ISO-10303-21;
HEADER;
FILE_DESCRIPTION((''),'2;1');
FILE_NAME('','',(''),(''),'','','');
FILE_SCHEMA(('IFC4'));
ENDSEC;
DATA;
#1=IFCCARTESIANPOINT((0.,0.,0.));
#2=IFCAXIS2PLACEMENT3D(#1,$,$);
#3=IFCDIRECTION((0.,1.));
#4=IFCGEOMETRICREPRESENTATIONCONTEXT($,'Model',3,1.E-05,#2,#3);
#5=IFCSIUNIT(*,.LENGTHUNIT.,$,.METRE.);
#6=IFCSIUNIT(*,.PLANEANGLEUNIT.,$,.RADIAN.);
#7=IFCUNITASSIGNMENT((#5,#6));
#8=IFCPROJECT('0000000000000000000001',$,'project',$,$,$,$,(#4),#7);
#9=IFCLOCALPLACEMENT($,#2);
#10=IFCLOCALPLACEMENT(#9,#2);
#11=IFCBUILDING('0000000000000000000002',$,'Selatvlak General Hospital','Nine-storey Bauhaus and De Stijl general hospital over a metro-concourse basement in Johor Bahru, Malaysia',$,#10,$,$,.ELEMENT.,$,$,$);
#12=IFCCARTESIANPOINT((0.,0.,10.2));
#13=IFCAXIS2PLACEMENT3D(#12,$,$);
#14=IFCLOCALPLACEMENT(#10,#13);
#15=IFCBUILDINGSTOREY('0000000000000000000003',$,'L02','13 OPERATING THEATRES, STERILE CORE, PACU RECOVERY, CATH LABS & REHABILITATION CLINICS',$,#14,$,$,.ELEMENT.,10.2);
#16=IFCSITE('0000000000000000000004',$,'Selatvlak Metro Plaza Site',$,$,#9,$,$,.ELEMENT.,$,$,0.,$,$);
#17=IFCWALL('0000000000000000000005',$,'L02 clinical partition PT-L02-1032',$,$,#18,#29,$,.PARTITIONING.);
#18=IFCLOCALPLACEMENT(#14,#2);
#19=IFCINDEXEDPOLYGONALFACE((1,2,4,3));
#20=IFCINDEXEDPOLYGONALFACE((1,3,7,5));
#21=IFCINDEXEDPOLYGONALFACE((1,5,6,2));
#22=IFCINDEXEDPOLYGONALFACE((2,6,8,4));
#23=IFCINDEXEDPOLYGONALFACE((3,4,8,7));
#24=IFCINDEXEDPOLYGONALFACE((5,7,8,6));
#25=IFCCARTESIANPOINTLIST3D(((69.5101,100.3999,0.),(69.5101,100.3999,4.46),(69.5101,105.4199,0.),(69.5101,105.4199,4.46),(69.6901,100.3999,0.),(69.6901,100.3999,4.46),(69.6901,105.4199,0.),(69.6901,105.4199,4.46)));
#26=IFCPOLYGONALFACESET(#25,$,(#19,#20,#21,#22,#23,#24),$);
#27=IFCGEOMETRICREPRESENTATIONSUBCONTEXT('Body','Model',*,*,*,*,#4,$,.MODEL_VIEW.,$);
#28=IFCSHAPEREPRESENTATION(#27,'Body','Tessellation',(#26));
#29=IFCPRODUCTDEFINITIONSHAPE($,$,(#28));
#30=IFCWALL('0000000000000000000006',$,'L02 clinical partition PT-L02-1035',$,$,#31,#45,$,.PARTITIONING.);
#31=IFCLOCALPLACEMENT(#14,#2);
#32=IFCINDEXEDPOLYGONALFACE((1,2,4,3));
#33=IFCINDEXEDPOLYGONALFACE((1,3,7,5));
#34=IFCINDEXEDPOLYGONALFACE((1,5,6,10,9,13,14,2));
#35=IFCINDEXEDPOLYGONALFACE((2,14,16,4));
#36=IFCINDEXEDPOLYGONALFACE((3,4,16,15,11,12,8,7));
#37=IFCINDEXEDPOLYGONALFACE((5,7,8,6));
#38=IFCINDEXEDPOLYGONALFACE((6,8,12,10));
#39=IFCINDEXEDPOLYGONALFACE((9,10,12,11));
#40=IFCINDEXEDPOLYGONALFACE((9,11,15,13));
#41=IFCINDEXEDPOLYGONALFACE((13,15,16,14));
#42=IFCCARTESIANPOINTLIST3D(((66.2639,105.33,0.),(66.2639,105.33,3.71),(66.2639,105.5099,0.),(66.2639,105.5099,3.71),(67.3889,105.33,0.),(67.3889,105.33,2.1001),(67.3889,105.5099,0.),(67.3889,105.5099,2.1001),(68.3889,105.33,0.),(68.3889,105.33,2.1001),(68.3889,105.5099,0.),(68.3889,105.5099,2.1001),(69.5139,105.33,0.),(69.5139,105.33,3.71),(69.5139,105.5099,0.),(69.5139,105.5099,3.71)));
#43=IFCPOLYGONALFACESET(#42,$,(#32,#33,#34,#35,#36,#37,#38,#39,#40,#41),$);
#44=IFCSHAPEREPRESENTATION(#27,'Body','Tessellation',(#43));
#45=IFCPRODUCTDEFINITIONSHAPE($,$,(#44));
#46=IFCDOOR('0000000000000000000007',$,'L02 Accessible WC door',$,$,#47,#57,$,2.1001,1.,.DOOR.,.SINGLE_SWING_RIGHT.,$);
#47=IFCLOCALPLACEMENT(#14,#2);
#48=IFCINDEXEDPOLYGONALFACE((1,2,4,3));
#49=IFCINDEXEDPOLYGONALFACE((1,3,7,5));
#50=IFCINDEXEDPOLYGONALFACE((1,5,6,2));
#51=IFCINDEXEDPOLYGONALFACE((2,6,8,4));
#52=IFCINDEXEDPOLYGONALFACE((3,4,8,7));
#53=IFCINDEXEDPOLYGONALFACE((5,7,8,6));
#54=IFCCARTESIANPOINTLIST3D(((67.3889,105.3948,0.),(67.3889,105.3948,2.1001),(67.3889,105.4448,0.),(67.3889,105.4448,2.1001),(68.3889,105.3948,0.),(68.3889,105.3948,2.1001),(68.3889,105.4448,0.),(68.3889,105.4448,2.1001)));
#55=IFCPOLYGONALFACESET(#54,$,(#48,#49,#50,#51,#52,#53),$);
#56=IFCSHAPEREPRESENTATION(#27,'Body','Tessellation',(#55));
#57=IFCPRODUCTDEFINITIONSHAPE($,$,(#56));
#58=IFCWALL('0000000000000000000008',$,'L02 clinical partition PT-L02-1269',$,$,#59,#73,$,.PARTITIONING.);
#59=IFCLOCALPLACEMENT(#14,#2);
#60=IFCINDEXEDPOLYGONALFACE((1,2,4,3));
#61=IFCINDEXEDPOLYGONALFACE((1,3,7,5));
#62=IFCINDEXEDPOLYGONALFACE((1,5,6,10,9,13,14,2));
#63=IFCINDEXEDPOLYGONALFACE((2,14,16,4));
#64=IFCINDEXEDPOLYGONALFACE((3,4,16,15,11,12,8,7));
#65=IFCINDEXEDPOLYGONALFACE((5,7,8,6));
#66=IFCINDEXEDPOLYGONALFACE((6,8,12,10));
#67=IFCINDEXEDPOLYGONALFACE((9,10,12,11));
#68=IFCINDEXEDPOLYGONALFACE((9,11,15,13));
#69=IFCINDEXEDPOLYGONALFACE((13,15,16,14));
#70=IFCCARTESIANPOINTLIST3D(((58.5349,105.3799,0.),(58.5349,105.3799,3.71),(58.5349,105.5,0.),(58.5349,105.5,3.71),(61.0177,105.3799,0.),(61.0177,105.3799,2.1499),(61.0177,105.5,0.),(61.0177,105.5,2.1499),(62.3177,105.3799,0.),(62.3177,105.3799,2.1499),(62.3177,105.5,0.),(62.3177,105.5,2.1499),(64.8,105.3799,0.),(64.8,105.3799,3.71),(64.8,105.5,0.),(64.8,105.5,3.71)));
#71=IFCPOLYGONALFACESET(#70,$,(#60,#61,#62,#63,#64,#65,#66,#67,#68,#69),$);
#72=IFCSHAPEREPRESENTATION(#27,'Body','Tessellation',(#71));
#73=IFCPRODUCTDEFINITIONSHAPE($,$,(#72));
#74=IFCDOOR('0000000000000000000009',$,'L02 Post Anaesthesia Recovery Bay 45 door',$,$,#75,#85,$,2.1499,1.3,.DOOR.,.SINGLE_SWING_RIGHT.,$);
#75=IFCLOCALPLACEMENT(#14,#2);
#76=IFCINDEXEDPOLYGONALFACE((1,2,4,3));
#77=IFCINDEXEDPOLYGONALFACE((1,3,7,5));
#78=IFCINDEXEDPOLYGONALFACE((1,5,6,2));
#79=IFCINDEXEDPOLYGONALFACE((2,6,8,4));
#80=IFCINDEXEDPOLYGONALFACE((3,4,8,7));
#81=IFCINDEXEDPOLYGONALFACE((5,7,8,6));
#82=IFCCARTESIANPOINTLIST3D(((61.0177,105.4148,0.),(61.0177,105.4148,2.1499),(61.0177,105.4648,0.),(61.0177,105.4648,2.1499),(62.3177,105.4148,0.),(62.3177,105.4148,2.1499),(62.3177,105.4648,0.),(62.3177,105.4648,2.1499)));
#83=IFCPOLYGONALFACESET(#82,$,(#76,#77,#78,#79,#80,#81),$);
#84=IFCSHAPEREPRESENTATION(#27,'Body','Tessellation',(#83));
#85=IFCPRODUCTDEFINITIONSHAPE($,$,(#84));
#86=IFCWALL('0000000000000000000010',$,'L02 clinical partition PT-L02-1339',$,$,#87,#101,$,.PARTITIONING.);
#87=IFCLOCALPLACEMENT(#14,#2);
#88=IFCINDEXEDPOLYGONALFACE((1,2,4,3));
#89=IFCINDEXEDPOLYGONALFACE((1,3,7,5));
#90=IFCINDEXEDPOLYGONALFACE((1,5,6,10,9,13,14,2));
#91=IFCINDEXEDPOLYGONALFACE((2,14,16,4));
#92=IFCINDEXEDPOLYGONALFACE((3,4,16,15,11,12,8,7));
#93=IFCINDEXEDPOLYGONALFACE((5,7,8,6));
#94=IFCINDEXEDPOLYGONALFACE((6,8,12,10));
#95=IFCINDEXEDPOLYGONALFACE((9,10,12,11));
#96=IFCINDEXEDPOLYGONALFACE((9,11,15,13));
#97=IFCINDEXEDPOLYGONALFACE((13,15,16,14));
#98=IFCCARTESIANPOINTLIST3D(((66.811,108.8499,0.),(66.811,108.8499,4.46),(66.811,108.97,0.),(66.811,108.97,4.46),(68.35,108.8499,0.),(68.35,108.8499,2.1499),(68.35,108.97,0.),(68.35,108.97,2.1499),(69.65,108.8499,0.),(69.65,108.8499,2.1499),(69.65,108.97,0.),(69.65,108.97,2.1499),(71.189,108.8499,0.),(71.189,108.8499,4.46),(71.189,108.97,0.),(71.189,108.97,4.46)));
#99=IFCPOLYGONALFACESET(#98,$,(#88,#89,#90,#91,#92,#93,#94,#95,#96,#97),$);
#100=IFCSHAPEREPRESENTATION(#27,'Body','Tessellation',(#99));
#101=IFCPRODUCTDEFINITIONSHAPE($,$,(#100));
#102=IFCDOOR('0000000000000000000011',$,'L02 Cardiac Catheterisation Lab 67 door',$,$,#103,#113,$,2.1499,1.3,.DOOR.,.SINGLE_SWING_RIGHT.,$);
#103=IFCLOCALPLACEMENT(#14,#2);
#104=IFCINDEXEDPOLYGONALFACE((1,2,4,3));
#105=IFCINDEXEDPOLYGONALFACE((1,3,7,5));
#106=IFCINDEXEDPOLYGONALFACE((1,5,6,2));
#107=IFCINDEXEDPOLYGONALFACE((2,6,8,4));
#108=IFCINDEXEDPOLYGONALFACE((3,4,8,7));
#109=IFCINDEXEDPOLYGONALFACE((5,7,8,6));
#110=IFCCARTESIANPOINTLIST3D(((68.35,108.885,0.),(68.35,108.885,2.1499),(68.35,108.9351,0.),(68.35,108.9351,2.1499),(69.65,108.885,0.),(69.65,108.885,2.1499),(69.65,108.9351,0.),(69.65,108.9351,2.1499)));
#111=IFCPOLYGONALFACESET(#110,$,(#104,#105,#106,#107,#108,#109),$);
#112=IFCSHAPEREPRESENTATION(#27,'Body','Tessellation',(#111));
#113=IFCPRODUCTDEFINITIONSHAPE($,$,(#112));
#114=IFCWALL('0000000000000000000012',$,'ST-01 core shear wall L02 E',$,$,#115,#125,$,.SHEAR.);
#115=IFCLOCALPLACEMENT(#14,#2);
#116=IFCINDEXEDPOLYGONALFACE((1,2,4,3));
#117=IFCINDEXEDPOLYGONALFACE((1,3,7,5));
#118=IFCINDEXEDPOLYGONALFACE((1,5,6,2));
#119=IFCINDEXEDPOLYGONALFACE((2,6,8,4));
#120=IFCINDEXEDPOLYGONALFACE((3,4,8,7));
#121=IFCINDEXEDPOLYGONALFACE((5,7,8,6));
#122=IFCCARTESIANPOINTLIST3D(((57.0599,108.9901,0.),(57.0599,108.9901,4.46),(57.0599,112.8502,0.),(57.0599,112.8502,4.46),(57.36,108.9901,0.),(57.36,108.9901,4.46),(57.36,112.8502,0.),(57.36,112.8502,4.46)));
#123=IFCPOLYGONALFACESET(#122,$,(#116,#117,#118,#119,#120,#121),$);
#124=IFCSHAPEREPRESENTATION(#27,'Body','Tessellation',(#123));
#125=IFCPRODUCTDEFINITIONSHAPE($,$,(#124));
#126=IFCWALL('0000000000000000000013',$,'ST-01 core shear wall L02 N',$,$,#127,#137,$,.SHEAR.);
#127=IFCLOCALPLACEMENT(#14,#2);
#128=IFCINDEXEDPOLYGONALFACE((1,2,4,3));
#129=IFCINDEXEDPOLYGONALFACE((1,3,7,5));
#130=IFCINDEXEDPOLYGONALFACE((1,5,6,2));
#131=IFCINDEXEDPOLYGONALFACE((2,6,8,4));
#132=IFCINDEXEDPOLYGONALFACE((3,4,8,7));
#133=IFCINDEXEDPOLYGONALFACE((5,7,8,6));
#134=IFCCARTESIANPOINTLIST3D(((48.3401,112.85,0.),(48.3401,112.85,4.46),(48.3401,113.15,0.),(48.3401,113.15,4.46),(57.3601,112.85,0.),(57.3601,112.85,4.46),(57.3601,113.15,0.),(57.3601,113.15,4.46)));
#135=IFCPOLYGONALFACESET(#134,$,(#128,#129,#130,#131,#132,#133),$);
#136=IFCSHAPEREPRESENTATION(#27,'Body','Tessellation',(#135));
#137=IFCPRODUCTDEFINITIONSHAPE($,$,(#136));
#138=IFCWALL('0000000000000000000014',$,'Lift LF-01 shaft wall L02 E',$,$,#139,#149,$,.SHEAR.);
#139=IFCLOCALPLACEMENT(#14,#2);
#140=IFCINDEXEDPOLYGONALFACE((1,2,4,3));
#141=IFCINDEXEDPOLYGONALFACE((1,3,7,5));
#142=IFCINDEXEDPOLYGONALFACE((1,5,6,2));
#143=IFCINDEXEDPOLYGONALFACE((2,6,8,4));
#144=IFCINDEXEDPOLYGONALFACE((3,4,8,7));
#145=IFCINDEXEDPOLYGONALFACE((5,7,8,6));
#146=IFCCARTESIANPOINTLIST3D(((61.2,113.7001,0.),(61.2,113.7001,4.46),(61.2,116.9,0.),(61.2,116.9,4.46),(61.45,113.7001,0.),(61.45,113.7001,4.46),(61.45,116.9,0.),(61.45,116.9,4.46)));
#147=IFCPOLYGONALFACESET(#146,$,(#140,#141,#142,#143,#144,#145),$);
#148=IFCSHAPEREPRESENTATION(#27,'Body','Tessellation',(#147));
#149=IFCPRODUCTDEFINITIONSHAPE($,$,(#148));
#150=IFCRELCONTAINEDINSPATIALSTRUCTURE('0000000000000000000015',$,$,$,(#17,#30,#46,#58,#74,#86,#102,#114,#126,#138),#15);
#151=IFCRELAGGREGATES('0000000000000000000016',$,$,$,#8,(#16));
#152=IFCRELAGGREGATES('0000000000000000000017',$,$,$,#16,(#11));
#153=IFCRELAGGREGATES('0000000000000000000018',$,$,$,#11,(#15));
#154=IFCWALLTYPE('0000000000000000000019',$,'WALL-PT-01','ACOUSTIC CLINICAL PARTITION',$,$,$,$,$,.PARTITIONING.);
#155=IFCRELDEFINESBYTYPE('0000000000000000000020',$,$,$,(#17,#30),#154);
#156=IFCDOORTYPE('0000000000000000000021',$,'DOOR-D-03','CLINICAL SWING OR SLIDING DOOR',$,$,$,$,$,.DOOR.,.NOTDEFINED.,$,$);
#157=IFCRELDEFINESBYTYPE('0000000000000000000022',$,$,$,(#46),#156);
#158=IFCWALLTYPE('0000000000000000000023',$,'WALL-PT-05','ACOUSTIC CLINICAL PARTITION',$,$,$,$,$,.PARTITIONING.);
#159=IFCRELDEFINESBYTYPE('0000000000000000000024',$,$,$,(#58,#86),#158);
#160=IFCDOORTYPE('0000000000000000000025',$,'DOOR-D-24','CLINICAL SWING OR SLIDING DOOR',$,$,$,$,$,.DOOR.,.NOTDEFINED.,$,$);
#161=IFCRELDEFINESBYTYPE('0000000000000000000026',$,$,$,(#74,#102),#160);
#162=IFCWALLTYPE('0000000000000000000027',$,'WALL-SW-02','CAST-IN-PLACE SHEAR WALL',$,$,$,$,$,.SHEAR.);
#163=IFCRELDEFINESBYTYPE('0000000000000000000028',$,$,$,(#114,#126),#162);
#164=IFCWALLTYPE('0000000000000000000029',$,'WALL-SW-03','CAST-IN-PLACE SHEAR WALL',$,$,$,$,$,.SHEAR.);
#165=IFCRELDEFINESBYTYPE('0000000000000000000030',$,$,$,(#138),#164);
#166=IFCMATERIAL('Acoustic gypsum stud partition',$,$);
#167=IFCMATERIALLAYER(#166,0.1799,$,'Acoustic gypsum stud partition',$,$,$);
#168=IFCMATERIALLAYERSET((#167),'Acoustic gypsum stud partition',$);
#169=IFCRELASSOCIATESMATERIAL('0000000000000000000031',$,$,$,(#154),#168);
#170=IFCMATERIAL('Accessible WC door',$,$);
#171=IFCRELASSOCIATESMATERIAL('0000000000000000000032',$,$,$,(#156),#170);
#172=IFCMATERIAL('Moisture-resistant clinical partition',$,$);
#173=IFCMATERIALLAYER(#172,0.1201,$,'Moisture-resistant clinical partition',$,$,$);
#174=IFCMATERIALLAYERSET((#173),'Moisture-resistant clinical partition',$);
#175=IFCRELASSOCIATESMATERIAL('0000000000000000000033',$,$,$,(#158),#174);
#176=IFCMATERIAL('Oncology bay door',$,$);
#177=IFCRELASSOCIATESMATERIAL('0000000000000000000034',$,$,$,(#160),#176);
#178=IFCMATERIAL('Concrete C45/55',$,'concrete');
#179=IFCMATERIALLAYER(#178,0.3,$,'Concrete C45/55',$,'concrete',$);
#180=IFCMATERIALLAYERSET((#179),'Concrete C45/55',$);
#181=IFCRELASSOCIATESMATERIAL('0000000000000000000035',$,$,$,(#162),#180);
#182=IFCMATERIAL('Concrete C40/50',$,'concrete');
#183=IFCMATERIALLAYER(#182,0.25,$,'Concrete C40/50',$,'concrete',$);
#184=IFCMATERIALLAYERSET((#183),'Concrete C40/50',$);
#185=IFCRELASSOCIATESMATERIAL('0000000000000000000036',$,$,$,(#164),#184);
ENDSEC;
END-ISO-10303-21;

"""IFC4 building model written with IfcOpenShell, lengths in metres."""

from ifc_helpers import new_model, si_unit, direction, frame, frame_2d, origin, place, context, subcontext, project, spatial, rectangle, extrude, material, layer, layer_set, type_object, element, fill, save


model = new_model("IFC4")

# Units and contexts
model_context = context("Model", 3, precision=1e-05, world=origin(), true_north=direction((0.0, 1.0)))
body_context = subcontext(model_context, "Body", "Model", "MODEL_VIEW")
ifc_project = project(units=[si_unit("LENGTHUNIT", "METRE"), si_unit("PLANEANGLEUNIT", "RADIAN")], contexts=[model_context])

# Site, building, storey
site_placement = place(None, origin())
site = spatial("IfcSite", under=ifc_project, at=site_placement, Name="Selatvlak Metro Plaza Site", CompositionType="ELEMENT", RefElevation=0.0)
building_placement = place(site_placement, origin())
building = spatial("IfcBuilding", under=site, at=building_placement, Name="Selatvlak General Hospital", Description="Nine-storey Bauhaus and De Stijl general hospital over a metro-concourse basement in Johor Bahru, Malaysia", CompositionType="ELEMENT")
storey_placement = place(building_placement, frame((0.0, 0.0, 10.2)))
storey = spatial("IfcBuildingStorey", under=building, at=storey_placement, Name="L02", Description="13 OPERATING THEATRES, STERILE CORE, PACU RECOVERY, CATH LABS & REHABILITATION CLINICS", CompositionType="ELEMENT", Elevation=10.2)

# Shared definitions
ifc_material_1 = material(Name="Concrete C40/50", Category="concrete")

# Wall
ifc_material_2 = material(Name="Acoustic gypsum stud partition")
ifc_layer_1 = layer(ifc_material_2, 0.1799, Name="Acoustic gypsum stud partition")
ifc_layer_set_1 = layer_set([ifc_layer_1], Name="Acoustic gypsum stud partition")
wall_type_1 = type_object("IfcWallType", Name="WALL-PT-01", Description="ACOUSTIC CLINICAL PARTITION", PredefinedType="PARTITIONING", material=ifc_layer_set_1)
wall_1_placement = place(storey_placement, frame((69.6001, 105.4199, 0.0), z_axis=(0.0, 0.0, 1.0), x_axis=(0.0, -1.0, 0.0)))
element("IfcWall", 1, at=wall_1_placement, inside=storey, type_object=wall_type_1, Name="L02 clinical partition PT-L02-1032", PredefinedType="PARTITIONING", context=body_context, shape_type="SweptSolid", body=[
    extrude(rectangle(XDim=5.02, YDim=0.1799, at=frame_2d((2.51, 0.0))), origin(), (0.0, 0.0, 1.0), 4.46),
])

# Walls, openings, doors
wall_2_placement = place(storey_placement, frame((66.2639, 105.4199, 0.0), z_axis=(0.0, 0.0, 1.0), x_axis=(1.0, 0.0, 0.0)))
wall_2 = element("IfcWall", 2, at=wall_2_placement, inside=storey, type_object=wall_type_1, Name="L02 clinical partition PT-L02-1035", PredefinedType="PARTITIONING", context=body_context, shape_type="SweptSolid", body=[
    extrude(rectangle(XDim=3.25, YDim=0.1799, at=frame_2d((1.625, 0.0))), origin(), (0.0, 0.0, 1.0), 3.71),
])
opening_1_placement = place(wall_2_placement, frame((1.125, 0.0, 0.0)))
opening_1 = element("IfcOpeningElement", 3, at=opening_1_placement, cuts=wall_2, PredefinedType="OPENING", context=body_context, shape_type="SweptSolid", body=[
    extrude(rectangle(XDim=1.0, YDim=2.1001, at=frame_2d((0.5, 1.05))), frame((0.0, 0.0999, 0.0), z_axis=(0.0, -1.0, 0.0), x_axis=(1.0, 0.0, 0.0)), (0.0, 0.0, 1.0), 0.2),
])
ifc_material_3 = material(Name="Accessible WC door")
door_type_1 = type_object("IfcDoorType", Name="DOOR-D-03", Description="CLINICAL SWING OR SLIDING DOOR", OperationType="NOTDEFINED", PredefinedType="DOOR", material=ifc_material_3)
door_1_placement = place(opening_1_placement, origin())
door_1 = element("IfcDoor", 4, at=door_1_placement, inside=storey, type_object=door_type_1, Name="L02 Accessible WC door", OperationType="SINGLE_SWING_RIGHT", OverallHeight=2.1001, OverallWidth=1.0, PredefinedType="DOOR", context=body_context, shape_type="SweptSolid", body=[
    extrude(rectangle(XDim=1.0, YDim=2.1001, at=frame_2d((0.5, 1.05))), frame((0.0, 0.0249, 0.0), z_axis=(0.0, -1.0, 0.0), x_axis=(1.0, 0.0, 0.0)), (0.0, 0.0, 1.0), 0.05),
])
fill(opening_1, door_1)
ifc_material_4 = material(Name="Moisture-resistant clinical partition")
ifc_layer_2 = layer(ifc_material_4, 0.1201, Name="Moisture-resistant clinical partition")
ifc_layer_set_2 = layer_set([ifc_layer_2], Name="Moisture-resistant clinical partition")
wall_type_2 = type_object("IfcWallType", Name="WALL-PT-05", Description="ACOUSTIC CLINICAL PARTITION", PredefinedType="PARTITIONING", material=ifc_layer_set_2)
wall_3_placement = place(storey_placement, frame((58.5349, 105.4399, 0.0), z_axis=(0.0, 0.0, 1.0), x_axis=(1.0, 0.0, 0.0)))
wall_3 = element("IfcWall", 5, at=wall_3_placement, inside=storey, type_object=wall_type_2, Name="L02 clinical partition PT-L02-1269", PredefinedType="PARTITIONING", context=body_context, shape_type="SweptSolid", body=[
    extrude(rectangle(XDim=6.2651, YDim=0.1201, at=frame_2d((3.1326, 0.0))), origin(), (0.0, 0.0, 1.0), 3.71),
])
opening_2_placement = place(wall_3_placement, frame((2.4829, 0.0, 0.0)))
opening_2 = element("IfcOpeningElement", 6, at=opening_2_placement, cuts=wall_3, PredefinedType="OPENING", context=body_context, shape_type="SweptSolid", body=[
    extrude(rectangle(XDim=1.3, YDim=2.1499, at=frame_2d((0.6499, 1.075))), frame((0.0, 0.0701, 0.0), z_axis=(0.0, -1.0, 0.0), x_axis=(1.0, 0.0, 0.0)), (0.0, 0.0, 1.0), 0.1401),
])
ifc_material_5 = material(Name="Oncology bay door")
door_type_2 = type_object("IfcDoorType", Name="DOOR-D-24", Description="CLINICAL SWING OR SLIDING DOOR", OperationType="NOTDEFINED", PredefinedType="DOOR", material=ifc_material_5)
door_2_placement = place(opening_2_placement, origin())
door_2 = element("IfcDoor", 7, at=door_2_placement, inside=storey, type_object=door_type_2, Name="L02 Post Anaesthesia Recovery Bay 45 door", OperationType="SINGLE_SWING_RIGHT", OverallHeight=2.1499, OverallWidth=1.3, PredefinedType="DOOR", context=body_context, shape_type="SweptSolid", body=[
    extrude(rectangle(XDim=1.3, YDim=2.1499, at=frame_2d((0.6499, 1.075))), frame((0.0, 0.0249, 0.0), z_axis=(0.0, -1.0, 0.0), x_axis=(1.0, 0.0, 0.0)), (0.0, 0.0, 1.0), 0.05),
])
fill(opening_2, door_2)

# Wall, opening, door
wall_4_placement = place(storey_placement, frame((71.189, 108.9099, 0.0), z_axis=(0.0, 0.0, 1.0), x_axis=(-1.0, 0.0, 0.0)))
wall_4 = element("IfcWall", 8, at=wall_4_placement, inside=storey, type_object=wall_type_2, Name="L02 clinical partition PT-L02-1339", PredefinedType="PARTITIONING", context=body_context, shape_type="SweptSolid", body=[
    extrude(rectangle(XDim=4.3779, YDim=0.1201, at=frame_2d((2.189, 0.0))), origin(), (0.0, 0.0, 1.0), 4.46),
])
opening_3_placement = place(wall_4_placement, frame((1.5391, 0.0, 0.0)))
opening_3 = element("IfcOpeningElement", 9, at=opening_3_placement, cuts=wall_4, PredefinedType="OPENING", context=body_context, shape_type="SweptSolid", body=[
    extrude(rectangle(XDim=1.3, YDim=2.1499, at=frame_2d((0.6499, 1.075))), frame((0.0, 0.0701, 0.0), z_axis=(0.0, -1.0, 0.0), x_axis=(1.0, 0.0, 0.0)), (0.0, 0.0, 1.0), 0.1401),
])
door_3_placement = place(opening_3_placement, origin())
door_3 = element("IfcDoor", 10, at=door_3_placement, inside=storey, type_object=door_type_2, Name="L02 Cardiac Catheterisation Lab 67 door", OperationType="SINGLE_SWING_RIGHT", OverallHeight=2.1499, OverallWidth=1.3, PredefinedType="DOOR", context=body_context, shape_type="SweptSolid", body=[
    extrude(rectangle(XDim=1.3, YDim=2.1499, at=frame_2d((0.6499, 1.075))), frame((0.0, 0.0249, 0.0), z_axis=(0.0, -1.0, 0.0), x_axis=(1.0, 0.0, 0.0)), (0.0, 0.0, 1.0), 0.05),
])
fill(opening_3, door_3)

# Walls
ifc_material_6 = material(Name="Concrete C45/55", Category="concrete")
ifc_layer_3 = layer(ifc_material_6, 0.3, Name="Concrete C45/55", Category="concrete")
ifc_layer_set_3 = layer_set([ifc_layer_3], Name="Concrete C45/55")
wall_type_3 = type_object("IfcWallType", Name="WALL-SW-02", Description="CAST-IN-PLACE SHEAR WALL", PredefinedType="SHEAR", material=ifc_layer_set_3)
wall_5_placement = place(storey_placement, frame((57.21, 108.99, 0.0), z_axis=(0.0, 0.0, 1.0), x_axis=(0.0, 1.0, 0.0)))
element("IfcWall", 11, at=wall_5_placement, inside=storey, type_object=wall_type_3, Name="ST-01 core shear wall L02 E", PredefinedType="SHEAR", context=body_context, shape_type="SweptSolid", body=[
    extrude(rectangle(XDim=3.8601, YDim=0.3, at=frame_2d((1.9302, 0.0))), origin(), (0.0, 0.0, 1.0), 4.46),
])
wall_6_placement = place(storey_placement, frame((57.3601, 113.0, 0.0), z_axis=(0.0, 0.0, 1.0), x_axis=(-1.0, 0.0, 0.0)))
element("IfcWall", 12, at=wall_6_placement, inside=storey, type_object=wall_type_3, Name="ST-01 core shear wall L02 N", PredefinedType="SHEAR", context=body_context, shape_type="SweptSolid", body=[
    extrude(rectangle(XDim=9.02, YDim=0.3, at=frame_2d((4.51, 0.0))), origin(), (0.0, 0.0, 1.0), 4.46),
])

# Shared definitions
ifc_layer_4 = layer(ifc_material_1, 0.25, Name="Concrete C40/50", Category="concrete")
ifc_layer_set_4 = layer_set([ifc_layer_4], Name="Concrete C40/50")
wall_type_4 = type_object("IfcWallType", Name="WALL-SW-03", Description="CAST-IN-PLACE SHEAR WALL", PredefinedType="SHEAR", material=ifc_layer_set_4)

# Wall
wall_7_placement = place(storey_placement, frame((61.325, 113.7, 0.0), z_axis=(0.0, 0.0, 1.0), x_axis=(0.0, 1.0, 0.0)))
element("IfcWall", 13, at=wall_7_placement, inside=storey, type_object=wall_type_4, Name="Lift LF-01 shaft wall L02 E", PredefinedType="SHEAR", context=body_context, shape_type="SweptSolid", body=[
    extrude(rectangle(XDim=3.2, YDim=0.25, at=frame_2d((1.6001, 0.0))), origin(), (0.0, 0.0, 1.0), 4.46),
])

save(model, "model.ifc")
